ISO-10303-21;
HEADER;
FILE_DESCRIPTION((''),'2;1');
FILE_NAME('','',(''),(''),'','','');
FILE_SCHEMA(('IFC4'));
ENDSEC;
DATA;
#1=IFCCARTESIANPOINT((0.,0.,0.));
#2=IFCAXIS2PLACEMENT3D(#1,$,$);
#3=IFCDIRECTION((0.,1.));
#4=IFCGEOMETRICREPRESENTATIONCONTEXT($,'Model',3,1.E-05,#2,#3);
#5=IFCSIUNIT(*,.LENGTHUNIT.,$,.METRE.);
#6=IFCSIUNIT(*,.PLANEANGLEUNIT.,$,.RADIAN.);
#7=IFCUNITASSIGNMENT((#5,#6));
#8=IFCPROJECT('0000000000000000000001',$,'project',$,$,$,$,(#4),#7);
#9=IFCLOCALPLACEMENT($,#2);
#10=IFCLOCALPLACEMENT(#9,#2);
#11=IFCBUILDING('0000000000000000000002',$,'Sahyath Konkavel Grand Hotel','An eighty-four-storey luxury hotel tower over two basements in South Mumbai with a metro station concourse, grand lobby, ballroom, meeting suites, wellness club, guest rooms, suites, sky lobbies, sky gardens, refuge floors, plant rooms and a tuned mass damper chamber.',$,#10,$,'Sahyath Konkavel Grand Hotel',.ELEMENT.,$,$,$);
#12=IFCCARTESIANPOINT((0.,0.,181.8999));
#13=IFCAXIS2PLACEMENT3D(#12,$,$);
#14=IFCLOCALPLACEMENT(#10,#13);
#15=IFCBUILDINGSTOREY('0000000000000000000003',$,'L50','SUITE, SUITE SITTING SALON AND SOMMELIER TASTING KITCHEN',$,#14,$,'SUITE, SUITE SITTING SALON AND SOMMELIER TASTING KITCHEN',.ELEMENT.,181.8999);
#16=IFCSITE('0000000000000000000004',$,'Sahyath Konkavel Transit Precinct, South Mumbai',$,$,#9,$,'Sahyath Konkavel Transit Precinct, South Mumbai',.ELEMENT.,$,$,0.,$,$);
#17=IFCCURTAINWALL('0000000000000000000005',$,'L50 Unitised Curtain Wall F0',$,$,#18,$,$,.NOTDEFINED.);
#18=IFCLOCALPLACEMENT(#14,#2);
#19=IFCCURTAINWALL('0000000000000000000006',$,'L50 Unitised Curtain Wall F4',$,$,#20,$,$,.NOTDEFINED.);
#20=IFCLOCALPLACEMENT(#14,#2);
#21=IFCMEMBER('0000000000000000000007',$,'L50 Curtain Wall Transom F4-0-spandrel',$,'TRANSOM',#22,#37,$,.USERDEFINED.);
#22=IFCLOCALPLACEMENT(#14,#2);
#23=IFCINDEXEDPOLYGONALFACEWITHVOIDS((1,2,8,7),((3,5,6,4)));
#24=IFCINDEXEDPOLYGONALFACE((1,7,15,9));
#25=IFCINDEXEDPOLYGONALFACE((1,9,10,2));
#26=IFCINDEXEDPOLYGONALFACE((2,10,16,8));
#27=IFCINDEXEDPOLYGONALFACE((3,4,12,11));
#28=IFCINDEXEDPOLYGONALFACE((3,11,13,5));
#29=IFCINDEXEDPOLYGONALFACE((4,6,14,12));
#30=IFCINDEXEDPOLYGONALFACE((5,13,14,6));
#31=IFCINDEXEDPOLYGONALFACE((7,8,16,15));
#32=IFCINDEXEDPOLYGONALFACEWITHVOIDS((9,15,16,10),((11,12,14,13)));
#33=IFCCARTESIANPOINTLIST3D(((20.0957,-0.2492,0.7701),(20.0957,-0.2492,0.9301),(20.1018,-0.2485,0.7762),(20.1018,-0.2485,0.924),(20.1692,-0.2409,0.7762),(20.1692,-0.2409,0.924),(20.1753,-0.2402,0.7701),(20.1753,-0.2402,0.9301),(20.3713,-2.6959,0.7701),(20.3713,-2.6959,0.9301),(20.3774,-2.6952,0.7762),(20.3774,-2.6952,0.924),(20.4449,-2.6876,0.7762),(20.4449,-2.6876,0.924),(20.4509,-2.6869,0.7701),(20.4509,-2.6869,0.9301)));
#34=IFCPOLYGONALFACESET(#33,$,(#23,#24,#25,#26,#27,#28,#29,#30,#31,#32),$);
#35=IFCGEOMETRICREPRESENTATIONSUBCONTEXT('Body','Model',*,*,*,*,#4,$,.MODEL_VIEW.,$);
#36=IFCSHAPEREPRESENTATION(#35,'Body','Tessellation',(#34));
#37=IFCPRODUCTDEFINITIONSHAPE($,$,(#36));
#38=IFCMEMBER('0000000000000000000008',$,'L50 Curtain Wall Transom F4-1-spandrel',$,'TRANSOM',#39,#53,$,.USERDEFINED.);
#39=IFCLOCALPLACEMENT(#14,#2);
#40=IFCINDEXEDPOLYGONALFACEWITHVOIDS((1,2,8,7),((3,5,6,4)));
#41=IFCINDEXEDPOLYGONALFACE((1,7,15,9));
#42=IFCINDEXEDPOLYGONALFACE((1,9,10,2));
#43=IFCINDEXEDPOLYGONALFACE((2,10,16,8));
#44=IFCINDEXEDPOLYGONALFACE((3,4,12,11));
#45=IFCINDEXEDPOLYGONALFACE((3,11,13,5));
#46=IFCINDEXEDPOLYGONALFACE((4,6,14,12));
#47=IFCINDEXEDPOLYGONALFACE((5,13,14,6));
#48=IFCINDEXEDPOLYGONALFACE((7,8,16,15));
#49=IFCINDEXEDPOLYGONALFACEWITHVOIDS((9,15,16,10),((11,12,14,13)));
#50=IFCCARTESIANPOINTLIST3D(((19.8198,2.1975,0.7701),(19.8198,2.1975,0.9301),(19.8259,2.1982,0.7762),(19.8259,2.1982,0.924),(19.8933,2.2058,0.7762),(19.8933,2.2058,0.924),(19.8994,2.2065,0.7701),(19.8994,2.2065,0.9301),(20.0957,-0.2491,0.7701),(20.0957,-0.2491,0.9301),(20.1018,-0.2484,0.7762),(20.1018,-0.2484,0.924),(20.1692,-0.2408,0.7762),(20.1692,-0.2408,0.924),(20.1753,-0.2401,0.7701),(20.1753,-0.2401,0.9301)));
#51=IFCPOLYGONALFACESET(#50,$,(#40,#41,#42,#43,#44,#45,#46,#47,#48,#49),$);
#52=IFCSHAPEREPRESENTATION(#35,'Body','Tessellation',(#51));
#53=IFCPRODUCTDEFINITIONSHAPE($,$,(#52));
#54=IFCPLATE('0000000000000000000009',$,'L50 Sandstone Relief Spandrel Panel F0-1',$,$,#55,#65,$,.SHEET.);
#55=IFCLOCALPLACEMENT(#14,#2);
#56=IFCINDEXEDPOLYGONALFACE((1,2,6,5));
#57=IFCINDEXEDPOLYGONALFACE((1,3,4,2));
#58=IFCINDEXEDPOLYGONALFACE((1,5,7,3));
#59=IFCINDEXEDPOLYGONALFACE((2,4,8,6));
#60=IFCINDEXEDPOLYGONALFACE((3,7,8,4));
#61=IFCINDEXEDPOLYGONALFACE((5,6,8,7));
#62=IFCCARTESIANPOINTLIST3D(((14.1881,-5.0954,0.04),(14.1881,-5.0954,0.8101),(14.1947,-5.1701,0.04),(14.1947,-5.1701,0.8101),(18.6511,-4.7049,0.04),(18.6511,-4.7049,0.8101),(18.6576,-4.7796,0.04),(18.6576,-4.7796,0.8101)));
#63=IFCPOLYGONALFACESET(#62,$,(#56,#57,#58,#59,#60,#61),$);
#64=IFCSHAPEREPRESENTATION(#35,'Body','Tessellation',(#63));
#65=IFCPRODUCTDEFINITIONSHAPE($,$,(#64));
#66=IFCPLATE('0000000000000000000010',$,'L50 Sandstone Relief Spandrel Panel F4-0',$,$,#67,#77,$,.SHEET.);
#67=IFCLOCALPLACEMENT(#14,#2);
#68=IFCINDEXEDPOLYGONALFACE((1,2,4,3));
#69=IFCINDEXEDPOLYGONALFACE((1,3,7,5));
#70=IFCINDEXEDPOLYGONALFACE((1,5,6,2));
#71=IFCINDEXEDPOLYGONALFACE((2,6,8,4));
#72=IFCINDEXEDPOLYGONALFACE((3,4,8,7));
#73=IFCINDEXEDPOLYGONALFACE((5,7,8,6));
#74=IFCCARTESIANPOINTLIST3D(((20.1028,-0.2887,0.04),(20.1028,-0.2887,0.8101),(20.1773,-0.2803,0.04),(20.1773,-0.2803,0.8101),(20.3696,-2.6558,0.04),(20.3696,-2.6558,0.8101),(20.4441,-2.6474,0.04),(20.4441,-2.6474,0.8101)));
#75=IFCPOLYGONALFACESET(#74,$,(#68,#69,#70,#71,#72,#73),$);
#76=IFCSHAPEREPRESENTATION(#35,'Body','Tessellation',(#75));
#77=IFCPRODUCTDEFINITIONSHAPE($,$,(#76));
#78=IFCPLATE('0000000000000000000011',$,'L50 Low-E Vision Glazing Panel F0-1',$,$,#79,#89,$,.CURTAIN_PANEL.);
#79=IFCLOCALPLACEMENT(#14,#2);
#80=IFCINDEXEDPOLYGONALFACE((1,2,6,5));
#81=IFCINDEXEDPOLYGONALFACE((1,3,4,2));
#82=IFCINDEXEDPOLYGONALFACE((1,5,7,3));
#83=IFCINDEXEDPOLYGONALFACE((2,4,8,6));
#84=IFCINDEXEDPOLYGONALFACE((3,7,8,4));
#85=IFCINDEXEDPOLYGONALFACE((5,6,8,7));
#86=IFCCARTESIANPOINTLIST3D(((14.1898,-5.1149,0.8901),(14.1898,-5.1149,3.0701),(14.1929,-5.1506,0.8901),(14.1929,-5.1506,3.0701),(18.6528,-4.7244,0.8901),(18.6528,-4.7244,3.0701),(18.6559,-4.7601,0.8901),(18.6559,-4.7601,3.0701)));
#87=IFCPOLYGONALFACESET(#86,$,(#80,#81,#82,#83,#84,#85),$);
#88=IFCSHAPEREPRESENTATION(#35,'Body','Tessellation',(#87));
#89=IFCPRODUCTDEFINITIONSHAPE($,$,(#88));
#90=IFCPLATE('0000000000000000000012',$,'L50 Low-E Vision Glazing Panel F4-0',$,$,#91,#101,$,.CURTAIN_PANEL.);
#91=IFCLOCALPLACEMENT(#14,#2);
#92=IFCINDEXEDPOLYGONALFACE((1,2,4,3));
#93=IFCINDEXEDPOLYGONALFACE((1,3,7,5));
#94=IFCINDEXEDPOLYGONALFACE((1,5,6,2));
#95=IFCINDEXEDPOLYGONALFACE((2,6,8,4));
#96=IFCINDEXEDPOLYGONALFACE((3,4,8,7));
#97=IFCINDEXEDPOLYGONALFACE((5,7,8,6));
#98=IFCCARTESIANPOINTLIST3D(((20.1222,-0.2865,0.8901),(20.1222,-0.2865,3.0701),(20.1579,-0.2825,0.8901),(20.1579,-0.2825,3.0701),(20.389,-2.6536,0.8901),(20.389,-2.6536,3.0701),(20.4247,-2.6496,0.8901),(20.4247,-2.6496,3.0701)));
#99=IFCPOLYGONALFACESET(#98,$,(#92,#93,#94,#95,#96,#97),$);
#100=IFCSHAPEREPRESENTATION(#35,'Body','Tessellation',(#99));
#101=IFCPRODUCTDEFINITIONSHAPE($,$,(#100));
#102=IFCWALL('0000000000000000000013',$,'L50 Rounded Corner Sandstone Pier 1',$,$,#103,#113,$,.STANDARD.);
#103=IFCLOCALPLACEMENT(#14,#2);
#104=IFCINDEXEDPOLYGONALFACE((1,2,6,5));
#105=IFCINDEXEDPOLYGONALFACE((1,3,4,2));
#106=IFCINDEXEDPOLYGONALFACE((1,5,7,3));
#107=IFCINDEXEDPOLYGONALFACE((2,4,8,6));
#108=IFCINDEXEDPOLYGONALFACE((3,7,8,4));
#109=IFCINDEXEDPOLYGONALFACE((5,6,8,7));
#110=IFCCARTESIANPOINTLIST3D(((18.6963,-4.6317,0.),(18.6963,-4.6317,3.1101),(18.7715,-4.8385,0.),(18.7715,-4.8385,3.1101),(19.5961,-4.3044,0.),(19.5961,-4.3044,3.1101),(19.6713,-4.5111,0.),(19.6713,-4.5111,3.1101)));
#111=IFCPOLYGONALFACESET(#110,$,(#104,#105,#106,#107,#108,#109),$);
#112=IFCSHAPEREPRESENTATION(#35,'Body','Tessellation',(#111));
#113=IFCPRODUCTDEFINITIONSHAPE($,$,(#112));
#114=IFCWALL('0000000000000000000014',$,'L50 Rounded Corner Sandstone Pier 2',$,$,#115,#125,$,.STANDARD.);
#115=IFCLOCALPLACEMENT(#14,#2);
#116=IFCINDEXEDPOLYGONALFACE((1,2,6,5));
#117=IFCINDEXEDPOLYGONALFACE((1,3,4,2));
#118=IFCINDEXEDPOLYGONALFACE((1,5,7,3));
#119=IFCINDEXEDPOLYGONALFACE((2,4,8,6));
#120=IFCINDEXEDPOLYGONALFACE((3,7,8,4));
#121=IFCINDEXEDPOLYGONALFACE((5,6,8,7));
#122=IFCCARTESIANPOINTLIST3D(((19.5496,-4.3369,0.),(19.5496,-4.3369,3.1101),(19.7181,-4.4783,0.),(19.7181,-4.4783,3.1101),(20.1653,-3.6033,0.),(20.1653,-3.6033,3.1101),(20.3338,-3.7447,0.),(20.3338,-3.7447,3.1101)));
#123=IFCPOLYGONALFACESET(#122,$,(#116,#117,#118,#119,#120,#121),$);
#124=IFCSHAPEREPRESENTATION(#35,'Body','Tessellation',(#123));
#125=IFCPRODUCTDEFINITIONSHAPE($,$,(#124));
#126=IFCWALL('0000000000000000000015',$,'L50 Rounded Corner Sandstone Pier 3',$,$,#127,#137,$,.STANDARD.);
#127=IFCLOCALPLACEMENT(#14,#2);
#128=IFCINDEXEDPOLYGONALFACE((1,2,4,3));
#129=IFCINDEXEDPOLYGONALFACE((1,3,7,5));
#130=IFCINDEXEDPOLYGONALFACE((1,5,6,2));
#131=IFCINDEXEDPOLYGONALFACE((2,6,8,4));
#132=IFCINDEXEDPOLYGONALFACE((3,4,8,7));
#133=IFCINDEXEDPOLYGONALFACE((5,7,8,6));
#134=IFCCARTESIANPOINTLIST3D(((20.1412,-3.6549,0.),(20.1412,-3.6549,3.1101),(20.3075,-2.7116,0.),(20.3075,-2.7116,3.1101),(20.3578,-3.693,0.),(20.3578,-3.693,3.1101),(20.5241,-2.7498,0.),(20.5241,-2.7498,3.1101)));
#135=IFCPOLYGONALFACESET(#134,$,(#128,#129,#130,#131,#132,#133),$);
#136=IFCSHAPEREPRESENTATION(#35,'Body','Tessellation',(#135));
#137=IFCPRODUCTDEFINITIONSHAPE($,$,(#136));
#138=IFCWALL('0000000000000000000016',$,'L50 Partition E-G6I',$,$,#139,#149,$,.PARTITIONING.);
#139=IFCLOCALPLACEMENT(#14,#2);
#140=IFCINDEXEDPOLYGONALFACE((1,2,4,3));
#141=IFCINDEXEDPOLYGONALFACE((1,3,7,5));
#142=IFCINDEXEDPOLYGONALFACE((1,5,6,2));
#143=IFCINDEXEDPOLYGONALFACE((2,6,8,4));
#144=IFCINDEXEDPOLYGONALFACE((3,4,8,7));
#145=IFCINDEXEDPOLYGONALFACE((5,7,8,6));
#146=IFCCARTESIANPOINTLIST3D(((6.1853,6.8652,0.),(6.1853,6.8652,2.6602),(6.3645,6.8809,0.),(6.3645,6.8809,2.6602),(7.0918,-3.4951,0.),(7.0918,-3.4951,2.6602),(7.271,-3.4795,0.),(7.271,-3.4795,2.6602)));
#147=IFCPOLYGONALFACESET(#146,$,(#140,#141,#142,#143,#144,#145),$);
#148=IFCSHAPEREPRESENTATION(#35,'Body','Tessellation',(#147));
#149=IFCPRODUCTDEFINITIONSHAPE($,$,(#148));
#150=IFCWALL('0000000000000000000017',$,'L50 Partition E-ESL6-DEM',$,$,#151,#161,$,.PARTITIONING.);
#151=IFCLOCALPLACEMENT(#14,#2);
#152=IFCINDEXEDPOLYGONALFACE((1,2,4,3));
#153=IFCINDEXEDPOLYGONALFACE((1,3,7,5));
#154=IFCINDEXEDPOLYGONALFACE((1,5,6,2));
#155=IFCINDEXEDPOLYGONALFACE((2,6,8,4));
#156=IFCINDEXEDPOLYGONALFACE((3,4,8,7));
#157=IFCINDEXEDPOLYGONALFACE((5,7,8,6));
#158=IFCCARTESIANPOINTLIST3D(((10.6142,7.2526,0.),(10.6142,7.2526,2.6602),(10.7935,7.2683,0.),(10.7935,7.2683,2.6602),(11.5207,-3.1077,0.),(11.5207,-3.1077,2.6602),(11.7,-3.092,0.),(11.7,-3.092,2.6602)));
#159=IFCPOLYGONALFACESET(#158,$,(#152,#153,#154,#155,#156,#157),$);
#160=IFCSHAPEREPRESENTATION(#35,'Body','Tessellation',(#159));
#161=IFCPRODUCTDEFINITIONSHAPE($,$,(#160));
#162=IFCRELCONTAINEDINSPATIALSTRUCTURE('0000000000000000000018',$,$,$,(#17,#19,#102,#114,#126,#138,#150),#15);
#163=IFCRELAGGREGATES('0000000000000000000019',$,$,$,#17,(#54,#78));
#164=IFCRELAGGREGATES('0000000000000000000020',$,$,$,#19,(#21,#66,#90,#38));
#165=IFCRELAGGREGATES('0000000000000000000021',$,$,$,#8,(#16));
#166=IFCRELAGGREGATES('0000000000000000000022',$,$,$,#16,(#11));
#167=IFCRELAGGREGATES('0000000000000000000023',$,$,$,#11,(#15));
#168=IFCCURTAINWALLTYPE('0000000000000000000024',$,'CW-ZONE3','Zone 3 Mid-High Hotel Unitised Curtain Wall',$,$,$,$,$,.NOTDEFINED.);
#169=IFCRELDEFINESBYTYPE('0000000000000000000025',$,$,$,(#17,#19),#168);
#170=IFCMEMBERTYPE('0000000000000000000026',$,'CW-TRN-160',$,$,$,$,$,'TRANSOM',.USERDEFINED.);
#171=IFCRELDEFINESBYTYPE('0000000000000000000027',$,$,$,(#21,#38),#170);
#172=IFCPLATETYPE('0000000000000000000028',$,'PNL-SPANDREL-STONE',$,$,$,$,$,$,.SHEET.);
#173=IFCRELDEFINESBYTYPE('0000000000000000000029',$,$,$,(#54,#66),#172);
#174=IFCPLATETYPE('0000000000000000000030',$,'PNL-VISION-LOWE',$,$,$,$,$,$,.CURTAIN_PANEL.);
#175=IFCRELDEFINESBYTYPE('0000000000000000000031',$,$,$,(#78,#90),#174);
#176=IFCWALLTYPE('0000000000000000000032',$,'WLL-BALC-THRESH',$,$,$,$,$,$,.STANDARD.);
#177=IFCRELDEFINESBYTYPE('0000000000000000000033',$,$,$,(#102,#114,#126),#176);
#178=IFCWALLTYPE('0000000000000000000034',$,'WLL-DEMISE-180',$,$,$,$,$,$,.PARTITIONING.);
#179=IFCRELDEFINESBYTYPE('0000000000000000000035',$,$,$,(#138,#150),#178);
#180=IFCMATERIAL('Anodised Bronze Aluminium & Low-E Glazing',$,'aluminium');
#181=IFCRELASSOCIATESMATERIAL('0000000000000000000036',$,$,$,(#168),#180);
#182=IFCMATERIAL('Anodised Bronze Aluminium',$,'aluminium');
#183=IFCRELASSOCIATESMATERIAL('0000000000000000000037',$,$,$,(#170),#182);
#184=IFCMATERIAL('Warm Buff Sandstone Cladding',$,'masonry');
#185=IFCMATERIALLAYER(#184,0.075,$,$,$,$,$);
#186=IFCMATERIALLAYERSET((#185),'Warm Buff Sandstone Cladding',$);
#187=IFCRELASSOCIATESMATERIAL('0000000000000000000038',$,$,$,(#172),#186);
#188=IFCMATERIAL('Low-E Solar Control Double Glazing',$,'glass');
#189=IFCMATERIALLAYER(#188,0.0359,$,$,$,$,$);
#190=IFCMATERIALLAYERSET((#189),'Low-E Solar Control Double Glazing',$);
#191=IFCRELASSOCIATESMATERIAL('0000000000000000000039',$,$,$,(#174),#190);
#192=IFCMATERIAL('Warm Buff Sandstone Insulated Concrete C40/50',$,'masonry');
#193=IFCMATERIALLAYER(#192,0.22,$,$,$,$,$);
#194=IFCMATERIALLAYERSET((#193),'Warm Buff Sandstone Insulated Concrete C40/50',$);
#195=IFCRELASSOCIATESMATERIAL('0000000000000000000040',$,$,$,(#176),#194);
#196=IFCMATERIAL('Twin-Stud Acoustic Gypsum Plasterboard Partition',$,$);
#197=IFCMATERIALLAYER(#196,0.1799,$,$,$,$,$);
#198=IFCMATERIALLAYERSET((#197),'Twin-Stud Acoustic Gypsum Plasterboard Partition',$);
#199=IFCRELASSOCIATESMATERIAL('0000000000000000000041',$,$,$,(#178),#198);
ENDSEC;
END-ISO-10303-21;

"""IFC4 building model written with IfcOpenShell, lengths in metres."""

from ifc_helpers import new_model, si_unit, direction, frame, frame_2d, origin, origin_2d, place, context, subcontext, project, spatial, rectangle, hollow_rectangle, extrude, source, transform, mapped, material, layer, layer_set, material_profile, profile_set, type_object, element, aggregate, save


model = new_model("IFC4")

# Units and contexts
model_context = context("Model", 3, precision=1e-05, world=origin(), true_north=direction((0.0, 1.0)))
body_context = subcontext(model_context, "Body", "Model", "MODEL_VIEW")
ifc_project = project(units=[si_unit("LENGTHUNIT", "METRE"), si_unit("PLANEANGLEUNIT", "RADIAN")], contexts=[model_context])

# Site, building, storey
site_placement = place(None, origin())
site = spatial("IfcSite", under=ifc_project, at=site_placement, Name="Sahyath Konkavel Transit Precinct, South Mumbai", LongName="Sahyath Konkavel Transit Precinct, South Mumbai", CompositionType="ELEMENT", RefElevation=0.0)
building_placement = place(site_placement, origin())
building = spatial("IfcBuilding", under=site, at=building_placement, Name="Sahyath Konkavel Grand Hotel", Description="An eighty-four-storey luxury hotel tower over two basements in South Mumbai with a metro station concourse, grand lobby, ballroom, meeting suites, wellness club, guest rooms, suites, sky lobbies, sky gardens, refuge floors, plant rooms and a tuned mass damper chamber.", LongName="Sahyath Konkavel Grand Hotel", CompositionType="ELEMENT")
storey_placement = place(building_placement, frame((0.0, 0.0, 181.8999)))
storey = spatial("IfcBuildingStorey", under=building, at=storey_placement, Name="L50", Description="SUITE, SUITE SITTING SALON AND SOMMELIER TASTING KITCHEN", LongName="SUITE, SUITE SITTING SALON AND SOMMELIER TASTING KITCHEN", CompositionType="ELEMENT", Elevation=181.8999)

# Curtain wall
ifc_material_1 = material(Name="Anodised Bronze Aluminium & Low-E Glazing", Category="aluminium")
curtain_wall_type = type_object("IfcCurtainWallType", Name="CW-ZONE3", Description="Zone 3 Mid-High Hotel Unitised Curtain Wall", PredefinedType="NOTDEFINED", material=ifc_material_1)
curtain_wall_1_placement = place(storey_placement, origin())
curtain_wall_1 = element("IfcCurtainWall", 1, at=curtain_wall_1_placement, inside=storey, type_object=curtain_wall_type, Name="L50 Unitised Curtain Wall F0", PredefinedType="NOTDEFINED")
ifc_material_2 = material(Name="Anodised Bronze Aluminium", Category="aluminium")

# Curtain wall
curtain_wall_2_placement = place(storey_placement, origin())
curtain_wall_2 = element("IfcCurtainWall", 2, at=curtain_wall_2_placement, inside=storey, type_object=curtain_wall_type, Name="L50 Unitised Curtain Wall F4", PredefinedType="NOTDEFINED")

# Members
ifc_material_profile_1 = material_profile(ifc_material_2, hollow_rectangle(XDim=0.0801, YDim=0.1599, WallThickness=0.0061, at=origin_2d()), Name="RHS 160x80x6")
ifc_profile_set_1 = profile_set([ifc_material_profile_1], Name="Anodised Bronze Aluminium")
member_type_1 = type_object("IfcMemberType", Name="CW-TRN-160", ElementType="TRANSOM", PredefinedType="USERDEFINED", material=ifc_profile_set_1)
shared_shape_1 = source(origin(), body_context, "Body", "SweptSolid", [
    extrude(hollow_rectangle(XDim=0.0801, YDim=0.1599, WallThickness=0.0061, at=origin_2d()), origin(), (0.0, 0.0, 1.0), 2.4622),
])
member_1_placement = place(storey_placement, frame((20.4111, -2.6914, 0.8501), z_axis=(-0.111944, 0.993715, 0.0), x_axis=(-0.993715, -0.111944, 0.0)))
member_1 = element("IfcMember", 3, at=member_1_placement, type_object=member_type_1, Name="L50 Curtain Wall Transom F4-0-spandrel", ObjectType="TRANSOM", PredefinedType="USERDEFINED", context=body_context, shape_type="MappedRepresentation", body=[
    mapped(shared_shape_1, transform((0.0, 0.0, 0.0), scale=1.0)),
])
member_2_placement = place(storey_placement, frame((20.1355, -0.2446, 0.8501), z_axis=(-0.112053, 0.993702, 0.0), x_axis=(-0.993702, -0.112053, 0.0)))
member_2 = element("IfcMember", 4, at=member_2_placement, type_object=member_type_1, Name="L50 Curtain Wall Transom F4-1-spandrel", ObjectType="TRANSOM", PredefinedType="USERDEFINED", context=body_context, shape_type="MappedRepresentation", body=[
    mapped(shared_shape_1, transform((0.0, 0.0, 0.0), scale=1.0)),
])

# Plates
ifc_material_3 = material(Name="Warm Buff Sandstone Cladding", Category="masonry")
ifc_layer_1 = layer(ifc_material_3, 0.075)
ifc_layer_set_1 = layer_set([ifc_layer_1], Name="Warm Buff Sandstone Cladding")
plate_type_1 = type_object("IfcPlateType", Name="PNL-SPANDREL-STONE", PredefinedType="SHEET", material=ifc_layer_set_1)
shared_shape_2 = source(origin(), body_context, "Body", "SweptSolid", [
    extrude(rectangle(XDim=4.48, YDim=0.075, at=origin_2d()), origin(), (0.0, 0.0, 1.0), 0.77),
])
plate_1_placement = place(storey_placement, frame((16.4229, -4.9375, 0.04), z_axis=(0.0, 0.0, 1.0), x_axis=(0.996195, 0.087156, 0.0)))
plate_1 = element("IfcPlate", 5, at=plate_1_placement, type_object=plate_type_1, Name="L50 Sandstone Relief Spandrel Panel F0-1", PredefinedType="SHEET", context=body_context, shape_type="MappedRepresentation", body=[
    mapped(shared_shape_2, transform((0.0, 0.0, 0.0), scale=1.0)),
])
shared_shape_3 = source(origin(), body_context, "Body", "SweptSolid", [
    extrude(rectangle(XDim=2.3821, YDim=0.075, at=origin_2d()), origin(), (0.0, 0.0, 1.0), 0.77),
])
plate_2_placement = place(storey_placement, frame((20.2734, -1.468, 0.04), z_axis=(0.0, 0.0, 1.0), x_axis=(-0.111989, 0.993709, 0.0)))
plate_2 = element("IfcPlate", 6, at=plate_2_placement, type_object=plate_type_1, Name="L50 Sandstone Relief Spandrel Panel F4-0", PredefinedType="SHEET", context=body_context, shape_type="MappedRepresentation", body=[
    mapped(shared_shape_3, transform((0.0, 0.0, 0.0), scale=1.0)),
])
ifc_material_4 = material(Name="Low-E Solar Control Double Glazing", Category="glass")
ifc_layer_2 = layer(ifc_material_4, 0.0359)
ifc_layer_set_2 = layer_set([ifc_layer_2], Name="Low-E Solar Control Double Glazing")
plate_type_2 = type_object("IfcPlateType", Name="PNL-VISION-LOWE", PredefinedType="CURTAIN_PANEL", material=ifc_layer_set_2)
shared_shape_4 = source(origin(), body_context, "Body", "SweptSolid", [
    extrude(rectangle(XDim=4.48, YDim=0.0359, at=origin_2d()), origin(), (0.0, 0.0, 1.0), 2.1799),
])
plate_3_placement = place(storey_placement, frame((16.4229, -4.9375, 0.8901), z_axis=(0.0, 0.0, 1.0), x_axis=(0.996195, 0.087156, 0.0)))
plate_3 = element("IfcPlate", 7, at=plate_3_placement, type_object=plate_type_2, Name="L50 Low-E Vision Glazing Panel F0-1", PredefinedType="CURTAIN_PANEL", context=body_context, shape_type="MappedRepresentation", body=[
    mapped(shared_shape_4, transform((0.0, 0.0, 0.0), scale=1.0)),
])
aggregate(curtain_wall_1, [plate_1, plate_3])
shared_shape_5 = source(origin(), body_context, "Body", "SweptSolid", [
    extrude(rectangle(XDim=2.3821, YDim=0.0359, at=origin_2d()), origin(), (0.0, 0.0, 1.0), 2.1799),
])
plate_4_placement = place(storey_placement, frame((20.2734, -1.468, 0.8901), z_axis=(0.0, 0.0, 1.0), x_axis=(-0.111989, 0.993709, 0.0)))
plate_4 = element("IfcPlate", 8, at=plate_4_placement, type_object=plate_type_2, Name="L50 Low-E Vision Glazing Panel F4-0", PredefinedType="CURTAIN_PANEL", context=body_context, shape_type="MappedRepresentation", body=[
    mapped(shared_shape_5, transform((0.0, 0.0, 0.0), scale=1.0)),
])
aggregate(curtain_wall_2, [member_1, plate_2, plate_4, member_2])

# Walls
ifc_material_5 = material(Name="Warm Buff Sandstone Insulated Concrete C40/50", Category="masonry")
ifc_layer_3 = layer(ifc_material_5, 0.22)
ifc_layer_set_3 = layer_set([ifc_layer_3], Name="Warm Buff Sandstone Insulated Concrete C40/50")
wall_type_1 = type_object("IfcWallType", Name="WLL-BALC-THRESH", PredefinedType="STANDARD", material=ifc_layer_set_3)
wall_1_placement = place(storey_placement, frame((18.7339, -4.7351, 0.0), z_axis=(0.0, 0.0, 1.0), x_axis=(0.939741, 0.341886, 0.0)))
element("IfcWall", 9, at=wall_1_placement, inside=storey, type_object=wall_type_1, Name="L50 Rounded Corner Sandstone Pier 1", PredefinedType="STANDARD", context=body_context, shape_type="SweptSolid", body=[
    extrude(rectangle(XDim=0.9575, YDim=0.22, at=frame_2d((0.4788, 0.0))), origin(), (0.0, 0.0, 1.0), 3.1101),
])
for number, where, z_axis, x_axis, name in (
    (10, (19.6338, -4.4077, 0.0), (0.0, 0.0, 1.0), (0.642863, 0.765981, 0.0), "L50 Rounded Corner Sandstone Pier 2"),
    (11, (20.2495, -3.6741, 0.0), (0.0, 0.0, 1.0), (0.173611, 0.984814, 0.0), "L50 Rounded Corner Sandstone Pier 3"),
):
    element("IfcWall", number, at=place(storey_placement, frame(where, z_axis=z_axis, x_axis=x_axis)), inside=storey, type_object=wall_type_1, Name=name, PredefinedType="STANDARD", context=body_context, shape_type="SweptSolid", body=[
        extrude(rectangle(XDim=0.9578, YDim=0.22, at=frame_2d((0.479, 0.0))), origin(), (0.0, 0.0, 1.0), 3.1101),
    ])
ifc_material_6 = material(Name="Twin-Stud Acoustic Gypsum Plasterboard Partition")
ifc_layer_4 = layer(ifc_material_6, 0.1799)
ifc_layer_set_4 = layer_set([ifc_layer_4], Name="Twin-Stud Acoustic Gypsum Plasterboard Partition")
wall_type_2 = type_object("IfcWallType", Name="WLL-DEMISE-180", PredefinedType="PARTITIONING", material=ifc_layer_set_4)
for number, where, z_axis, x_axis, name in (
    (12, (7.1814, -3.4873, 0.0), (0.0, 0.0, 1.0), (-0.087163, 0.996194, 0.0), "L50 Partition E-G6I"),
    (13, (11.6104, -3.0999, 0.0), (0.0, 0.0, 1.0), (-0.087163, 0.996194, 0.0), "L50 Partition E-ESL6-DEM"),
):
    element("IfcWall", number, at=place(storey_placement, frame(where, z_axis=z_axis, x_axis=x_axis)), inside=storey, type_object=wall_type_2, Name=name, PredefinedType="PARTITIONING", context=body_context, shape_type="SweptSolid", body=[
        extrude(rectangle(XDim=10.3999, YDim=0.1799, at=frame_2d((5.2, 0.0))), origin(), (0.0, 0.0, 1.0), 2.6602),
    ])

save(model, "model.ifc")
